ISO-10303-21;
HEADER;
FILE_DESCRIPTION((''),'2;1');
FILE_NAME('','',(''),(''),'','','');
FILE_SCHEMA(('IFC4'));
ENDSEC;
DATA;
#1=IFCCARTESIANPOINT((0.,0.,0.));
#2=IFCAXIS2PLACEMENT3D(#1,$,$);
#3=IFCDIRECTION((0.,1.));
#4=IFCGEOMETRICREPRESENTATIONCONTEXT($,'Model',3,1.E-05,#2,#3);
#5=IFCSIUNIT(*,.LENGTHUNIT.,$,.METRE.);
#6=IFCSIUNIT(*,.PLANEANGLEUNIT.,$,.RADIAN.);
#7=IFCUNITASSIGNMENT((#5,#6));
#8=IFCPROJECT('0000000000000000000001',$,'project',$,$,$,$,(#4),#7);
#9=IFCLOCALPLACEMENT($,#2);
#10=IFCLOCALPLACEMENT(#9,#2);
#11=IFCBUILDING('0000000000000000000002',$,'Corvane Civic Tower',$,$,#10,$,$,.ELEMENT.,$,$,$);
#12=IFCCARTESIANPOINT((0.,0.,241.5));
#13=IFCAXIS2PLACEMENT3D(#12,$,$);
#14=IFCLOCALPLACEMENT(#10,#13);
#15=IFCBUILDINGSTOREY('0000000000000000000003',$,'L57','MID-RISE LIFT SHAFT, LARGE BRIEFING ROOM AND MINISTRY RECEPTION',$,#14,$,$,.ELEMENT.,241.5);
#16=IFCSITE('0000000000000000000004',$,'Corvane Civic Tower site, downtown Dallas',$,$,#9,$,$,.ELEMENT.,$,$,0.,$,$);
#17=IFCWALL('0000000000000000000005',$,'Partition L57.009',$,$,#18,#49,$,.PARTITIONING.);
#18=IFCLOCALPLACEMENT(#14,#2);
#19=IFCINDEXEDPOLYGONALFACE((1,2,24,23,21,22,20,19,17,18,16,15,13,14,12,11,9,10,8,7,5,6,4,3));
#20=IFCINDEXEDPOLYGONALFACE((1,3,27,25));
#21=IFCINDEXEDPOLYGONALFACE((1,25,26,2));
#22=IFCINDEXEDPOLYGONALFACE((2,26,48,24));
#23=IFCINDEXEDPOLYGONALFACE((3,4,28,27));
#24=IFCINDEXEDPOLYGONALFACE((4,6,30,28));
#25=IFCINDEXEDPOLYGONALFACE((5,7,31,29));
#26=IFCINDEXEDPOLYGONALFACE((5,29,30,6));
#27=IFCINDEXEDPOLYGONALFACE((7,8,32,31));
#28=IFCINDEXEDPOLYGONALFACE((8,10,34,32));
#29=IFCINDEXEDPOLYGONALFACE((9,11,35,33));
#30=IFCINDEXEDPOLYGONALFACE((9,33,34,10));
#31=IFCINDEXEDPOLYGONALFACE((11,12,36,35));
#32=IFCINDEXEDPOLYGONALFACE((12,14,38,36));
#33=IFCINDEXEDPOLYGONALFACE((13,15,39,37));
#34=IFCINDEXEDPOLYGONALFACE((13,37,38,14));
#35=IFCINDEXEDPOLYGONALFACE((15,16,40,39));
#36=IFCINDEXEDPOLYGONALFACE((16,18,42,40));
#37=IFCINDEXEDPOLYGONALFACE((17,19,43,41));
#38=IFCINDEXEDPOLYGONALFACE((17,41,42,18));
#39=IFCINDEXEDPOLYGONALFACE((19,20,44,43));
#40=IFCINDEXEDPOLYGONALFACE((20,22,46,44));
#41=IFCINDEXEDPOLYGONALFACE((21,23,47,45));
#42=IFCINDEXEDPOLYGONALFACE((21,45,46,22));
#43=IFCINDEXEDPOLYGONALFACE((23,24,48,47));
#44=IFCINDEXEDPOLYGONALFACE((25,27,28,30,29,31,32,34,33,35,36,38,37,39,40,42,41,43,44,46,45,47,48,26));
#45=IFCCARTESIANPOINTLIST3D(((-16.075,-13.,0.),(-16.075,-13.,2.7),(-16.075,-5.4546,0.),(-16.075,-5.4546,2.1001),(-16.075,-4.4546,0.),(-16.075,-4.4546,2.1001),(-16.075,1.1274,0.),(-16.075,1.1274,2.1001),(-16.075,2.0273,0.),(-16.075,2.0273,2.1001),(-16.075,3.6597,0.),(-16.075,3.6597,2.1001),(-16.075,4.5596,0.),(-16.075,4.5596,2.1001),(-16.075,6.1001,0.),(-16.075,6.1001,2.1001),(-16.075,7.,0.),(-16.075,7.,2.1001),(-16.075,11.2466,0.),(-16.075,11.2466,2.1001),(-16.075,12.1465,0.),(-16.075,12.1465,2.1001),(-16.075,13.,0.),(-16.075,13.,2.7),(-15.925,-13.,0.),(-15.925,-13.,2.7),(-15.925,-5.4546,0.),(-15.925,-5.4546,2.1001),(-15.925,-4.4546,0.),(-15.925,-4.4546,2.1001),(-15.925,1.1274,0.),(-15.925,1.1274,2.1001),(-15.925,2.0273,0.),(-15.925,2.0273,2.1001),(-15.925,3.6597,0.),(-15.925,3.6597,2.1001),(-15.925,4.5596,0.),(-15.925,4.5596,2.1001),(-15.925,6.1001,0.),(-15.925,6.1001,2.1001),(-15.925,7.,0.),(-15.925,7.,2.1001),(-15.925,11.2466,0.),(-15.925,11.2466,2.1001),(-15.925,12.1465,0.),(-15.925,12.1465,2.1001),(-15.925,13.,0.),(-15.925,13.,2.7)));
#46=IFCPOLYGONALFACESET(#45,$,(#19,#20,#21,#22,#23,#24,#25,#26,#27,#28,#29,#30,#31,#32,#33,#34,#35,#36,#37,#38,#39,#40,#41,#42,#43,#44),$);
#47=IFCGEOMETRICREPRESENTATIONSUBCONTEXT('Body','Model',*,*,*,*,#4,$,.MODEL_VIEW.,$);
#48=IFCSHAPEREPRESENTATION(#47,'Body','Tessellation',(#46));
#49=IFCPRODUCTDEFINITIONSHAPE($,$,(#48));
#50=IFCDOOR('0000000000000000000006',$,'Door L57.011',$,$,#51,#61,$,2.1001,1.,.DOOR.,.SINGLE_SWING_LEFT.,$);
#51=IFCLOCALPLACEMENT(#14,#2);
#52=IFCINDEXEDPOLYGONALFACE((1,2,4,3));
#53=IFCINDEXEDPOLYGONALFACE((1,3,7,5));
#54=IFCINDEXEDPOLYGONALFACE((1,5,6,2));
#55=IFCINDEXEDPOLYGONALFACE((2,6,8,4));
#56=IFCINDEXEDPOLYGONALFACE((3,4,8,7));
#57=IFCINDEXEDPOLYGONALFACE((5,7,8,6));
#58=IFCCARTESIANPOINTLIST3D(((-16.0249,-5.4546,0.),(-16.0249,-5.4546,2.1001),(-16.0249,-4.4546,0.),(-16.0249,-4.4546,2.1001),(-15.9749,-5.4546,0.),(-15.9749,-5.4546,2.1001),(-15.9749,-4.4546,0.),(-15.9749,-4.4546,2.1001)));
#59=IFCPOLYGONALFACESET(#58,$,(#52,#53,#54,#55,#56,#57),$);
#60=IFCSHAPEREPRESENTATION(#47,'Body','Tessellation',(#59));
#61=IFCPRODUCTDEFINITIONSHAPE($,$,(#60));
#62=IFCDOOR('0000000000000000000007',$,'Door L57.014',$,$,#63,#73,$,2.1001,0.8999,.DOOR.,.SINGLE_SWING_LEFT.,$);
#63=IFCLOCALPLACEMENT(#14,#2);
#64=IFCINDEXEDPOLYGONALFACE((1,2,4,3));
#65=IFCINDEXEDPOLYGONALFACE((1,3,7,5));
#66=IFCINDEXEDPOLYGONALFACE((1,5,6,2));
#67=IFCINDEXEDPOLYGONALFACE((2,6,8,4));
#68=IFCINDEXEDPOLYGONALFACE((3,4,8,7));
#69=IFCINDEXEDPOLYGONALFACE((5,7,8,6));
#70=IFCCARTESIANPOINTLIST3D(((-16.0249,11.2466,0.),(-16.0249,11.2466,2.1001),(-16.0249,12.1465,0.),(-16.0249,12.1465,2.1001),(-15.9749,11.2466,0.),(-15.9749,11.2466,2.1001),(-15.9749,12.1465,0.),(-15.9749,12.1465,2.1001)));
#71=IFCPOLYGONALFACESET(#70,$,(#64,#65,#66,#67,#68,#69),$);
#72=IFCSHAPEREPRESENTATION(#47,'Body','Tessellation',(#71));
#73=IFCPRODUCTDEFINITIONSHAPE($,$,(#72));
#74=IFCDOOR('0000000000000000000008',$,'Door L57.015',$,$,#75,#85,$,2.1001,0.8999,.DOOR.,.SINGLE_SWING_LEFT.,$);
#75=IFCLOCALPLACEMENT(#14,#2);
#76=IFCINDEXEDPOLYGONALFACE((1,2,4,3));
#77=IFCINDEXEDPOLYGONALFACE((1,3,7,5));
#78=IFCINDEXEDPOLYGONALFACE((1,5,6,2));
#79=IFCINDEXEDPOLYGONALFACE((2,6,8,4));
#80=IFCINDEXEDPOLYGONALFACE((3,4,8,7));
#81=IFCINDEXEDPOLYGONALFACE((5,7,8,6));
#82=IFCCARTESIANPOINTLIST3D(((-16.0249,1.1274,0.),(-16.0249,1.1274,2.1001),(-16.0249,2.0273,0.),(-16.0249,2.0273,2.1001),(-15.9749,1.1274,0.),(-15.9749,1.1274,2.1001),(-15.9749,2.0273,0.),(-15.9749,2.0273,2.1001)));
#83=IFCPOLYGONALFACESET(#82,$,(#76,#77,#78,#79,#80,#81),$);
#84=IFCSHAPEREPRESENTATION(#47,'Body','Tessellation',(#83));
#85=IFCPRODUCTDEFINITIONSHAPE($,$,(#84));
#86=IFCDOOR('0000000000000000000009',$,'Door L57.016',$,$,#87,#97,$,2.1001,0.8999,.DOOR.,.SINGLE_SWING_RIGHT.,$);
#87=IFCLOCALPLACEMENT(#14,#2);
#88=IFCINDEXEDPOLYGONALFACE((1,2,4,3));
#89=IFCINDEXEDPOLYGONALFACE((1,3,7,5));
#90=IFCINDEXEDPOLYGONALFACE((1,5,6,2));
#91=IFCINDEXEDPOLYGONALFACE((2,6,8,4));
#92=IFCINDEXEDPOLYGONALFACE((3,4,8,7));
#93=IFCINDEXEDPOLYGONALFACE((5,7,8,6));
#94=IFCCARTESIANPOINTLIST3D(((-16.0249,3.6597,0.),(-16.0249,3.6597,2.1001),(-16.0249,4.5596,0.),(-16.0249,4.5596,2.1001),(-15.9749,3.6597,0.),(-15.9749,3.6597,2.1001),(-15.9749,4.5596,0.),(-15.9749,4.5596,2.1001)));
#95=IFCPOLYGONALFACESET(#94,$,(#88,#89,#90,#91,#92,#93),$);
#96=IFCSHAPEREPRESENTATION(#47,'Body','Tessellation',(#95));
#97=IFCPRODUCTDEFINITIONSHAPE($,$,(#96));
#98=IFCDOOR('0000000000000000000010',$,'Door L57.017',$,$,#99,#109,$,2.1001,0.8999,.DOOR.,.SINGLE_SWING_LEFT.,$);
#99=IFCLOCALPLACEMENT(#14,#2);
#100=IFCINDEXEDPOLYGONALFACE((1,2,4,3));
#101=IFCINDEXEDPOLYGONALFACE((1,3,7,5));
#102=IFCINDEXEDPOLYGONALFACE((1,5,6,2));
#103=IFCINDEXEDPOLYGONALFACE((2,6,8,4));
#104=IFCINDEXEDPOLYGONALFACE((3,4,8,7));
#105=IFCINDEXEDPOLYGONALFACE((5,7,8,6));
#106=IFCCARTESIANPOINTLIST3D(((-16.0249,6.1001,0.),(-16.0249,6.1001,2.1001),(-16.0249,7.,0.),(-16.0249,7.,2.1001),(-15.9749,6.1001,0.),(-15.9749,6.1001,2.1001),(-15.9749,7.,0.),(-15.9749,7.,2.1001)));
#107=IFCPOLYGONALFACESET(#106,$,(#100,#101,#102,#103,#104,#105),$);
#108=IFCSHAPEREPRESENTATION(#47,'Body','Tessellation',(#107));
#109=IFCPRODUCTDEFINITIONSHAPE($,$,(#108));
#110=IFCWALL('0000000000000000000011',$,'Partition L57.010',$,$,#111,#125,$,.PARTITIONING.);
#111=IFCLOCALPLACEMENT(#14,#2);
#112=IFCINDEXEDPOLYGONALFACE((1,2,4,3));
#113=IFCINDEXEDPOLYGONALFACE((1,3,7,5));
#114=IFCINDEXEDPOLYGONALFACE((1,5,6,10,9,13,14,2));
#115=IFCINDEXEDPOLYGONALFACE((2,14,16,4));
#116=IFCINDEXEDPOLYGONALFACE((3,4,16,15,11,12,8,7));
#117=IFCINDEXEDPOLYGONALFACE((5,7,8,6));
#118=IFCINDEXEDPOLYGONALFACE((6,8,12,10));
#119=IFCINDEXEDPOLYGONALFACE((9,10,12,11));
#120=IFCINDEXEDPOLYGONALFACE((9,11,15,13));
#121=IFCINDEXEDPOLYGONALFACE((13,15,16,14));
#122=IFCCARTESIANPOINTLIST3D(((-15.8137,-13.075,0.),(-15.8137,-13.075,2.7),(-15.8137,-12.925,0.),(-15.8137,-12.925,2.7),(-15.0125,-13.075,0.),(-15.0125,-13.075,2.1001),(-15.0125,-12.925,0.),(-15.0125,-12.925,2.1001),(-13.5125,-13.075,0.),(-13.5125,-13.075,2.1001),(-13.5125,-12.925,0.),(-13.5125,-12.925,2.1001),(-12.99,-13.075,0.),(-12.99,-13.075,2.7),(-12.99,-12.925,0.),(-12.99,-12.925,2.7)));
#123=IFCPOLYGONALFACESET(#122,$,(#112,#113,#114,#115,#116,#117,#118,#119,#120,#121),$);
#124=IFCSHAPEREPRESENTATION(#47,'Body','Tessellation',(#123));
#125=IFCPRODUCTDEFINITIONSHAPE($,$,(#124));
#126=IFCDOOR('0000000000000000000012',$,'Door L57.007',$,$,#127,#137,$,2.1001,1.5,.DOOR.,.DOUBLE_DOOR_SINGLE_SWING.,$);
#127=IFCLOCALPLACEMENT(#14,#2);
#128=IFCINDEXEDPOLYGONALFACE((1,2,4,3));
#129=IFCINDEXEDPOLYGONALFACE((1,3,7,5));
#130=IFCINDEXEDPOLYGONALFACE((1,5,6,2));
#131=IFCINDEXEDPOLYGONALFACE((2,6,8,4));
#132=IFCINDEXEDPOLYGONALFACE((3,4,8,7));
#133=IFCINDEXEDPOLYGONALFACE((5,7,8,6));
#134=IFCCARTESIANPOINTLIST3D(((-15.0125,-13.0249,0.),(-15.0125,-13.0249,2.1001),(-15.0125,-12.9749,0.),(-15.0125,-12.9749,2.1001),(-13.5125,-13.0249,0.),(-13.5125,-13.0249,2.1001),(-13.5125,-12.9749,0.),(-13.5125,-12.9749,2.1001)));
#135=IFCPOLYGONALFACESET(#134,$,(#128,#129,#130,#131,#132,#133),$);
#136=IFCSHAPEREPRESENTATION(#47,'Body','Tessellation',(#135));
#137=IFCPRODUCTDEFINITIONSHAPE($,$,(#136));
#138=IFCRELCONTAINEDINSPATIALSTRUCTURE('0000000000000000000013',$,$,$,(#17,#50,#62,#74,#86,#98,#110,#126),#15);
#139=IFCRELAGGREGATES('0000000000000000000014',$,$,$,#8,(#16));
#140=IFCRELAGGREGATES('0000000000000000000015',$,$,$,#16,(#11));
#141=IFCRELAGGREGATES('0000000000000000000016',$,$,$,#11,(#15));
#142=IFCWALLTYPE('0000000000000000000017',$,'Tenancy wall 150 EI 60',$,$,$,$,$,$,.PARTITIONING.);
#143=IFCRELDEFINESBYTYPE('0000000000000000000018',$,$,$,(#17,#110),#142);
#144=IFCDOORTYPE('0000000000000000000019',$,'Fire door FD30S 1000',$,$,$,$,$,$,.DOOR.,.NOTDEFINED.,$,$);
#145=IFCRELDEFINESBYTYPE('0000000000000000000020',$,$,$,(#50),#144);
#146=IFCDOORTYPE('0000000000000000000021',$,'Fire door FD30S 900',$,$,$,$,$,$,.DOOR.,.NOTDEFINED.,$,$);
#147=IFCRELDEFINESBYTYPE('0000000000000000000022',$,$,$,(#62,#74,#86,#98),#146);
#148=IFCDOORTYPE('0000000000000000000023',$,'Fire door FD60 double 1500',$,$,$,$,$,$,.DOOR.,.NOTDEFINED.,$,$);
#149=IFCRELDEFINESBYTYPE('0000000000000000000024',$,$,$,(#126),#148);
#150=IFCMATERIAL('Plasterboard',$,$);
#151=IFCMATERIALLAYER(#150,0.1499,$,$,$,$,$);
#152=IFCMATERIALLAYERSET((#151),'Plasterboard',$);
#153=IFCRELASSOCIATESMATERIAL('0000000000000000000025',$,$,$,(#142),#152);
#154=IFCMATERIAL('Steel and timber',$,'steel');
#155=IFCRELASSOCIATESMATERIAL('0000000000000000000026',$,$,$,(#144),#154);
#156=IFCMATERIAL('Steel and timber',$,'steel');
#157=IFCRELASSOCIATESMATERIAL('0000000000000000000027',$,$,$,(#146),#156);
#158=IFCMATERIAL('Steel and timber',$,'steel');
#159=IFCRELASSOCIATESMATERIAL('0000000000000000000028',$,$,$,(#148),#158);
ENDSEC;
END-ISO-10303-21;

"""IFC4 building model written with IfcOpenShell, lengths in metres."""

from ifc_helpers import new_model, si_unit, direction, frame, frame_2d, origin, place, context, subcontext, project, spatial, rectangle, extrude, material, layer, layer_set, type_object, element, fill, save


model = new_model("IFC4")

# Units and contexts
model_context = context("Model", 3, precision=1e-05, world=origin(), true_north=direction((0.0, 1.0)))
body_context = subcontext(model_context, "Body", "Model", "MODEL_VIEW")
ifc_project = project(units=[si_unit("LENGTHUNIT", "METRE"), si_unit("PLANEANGLEUNIT", "RADIAN")], contexts=[model_context])

# Site, building, storey
site_placement = place(None, origin())
site = spatial("IfcSite", under=ifc_project, at=site_placement, Name="Corvane Civic Tower site, downtown Dallas", CompositionType="ELEMENT", RefElevation=0.0)
building_placement = place(site_placement, origin())
building = spatial("IfcBuilding", under=site, at=building_placement, Name="Corvane Civic Tower", CompositionType="ELEMENT")
storey_placement = place(building_placement, frame((0.0, 0.0, 241.5)))
storey = spatial("IfcBuildingStorey", under=building, at=storey_placement, Name="L57", Description="MID-RISE LIFT SHAFT, LARGE BRIEFING ROOM AND MINISTRY RECEPTION", CompositionType="ELEMENT", Elevation=241.5)

# Wall, openings, doors
ifc_material_1 = material(Name="Plasterboard")
ifc_layer_1 = layer(ifc_material_1, 0.1499)
ifc_layer_set_1 = layer_set([ifc_layer_1], Name="Plasterboard")
wall_type_1 = type_object("IfcWallType", Name="Tenancy wall 150 EI 60", PredefinedType="PARTITIONING", material=ifc_layer_set_1)
wall_1_placement = place(storey_placement, frame((-16.0, -13.0, 0.0), z_axis=(0.0, 0.0, 1.0), x_axis=(0.0, 1.0, 0.0)))
wall_1 = element("IfcWall", 1, at=wall_1_placement, inside=storey, type_object=wall_type_1, Name="Partition L57.009", PredefinedType="PARTITIONING", context=body_context, shape_type="SweptSolid", body=[
    extrude(rectangle(XDim=26.0, YDim=0.1499, at=frame_2d((13.0, 0.0))), origin(), (0.0, 0.0, 1.0), 2.7),
])
opening_1_placement = place(wall_1_placement, frame((7.5454, 0.0, 0.0)))
opening_1 = element("IfcOpeningElement", 2, at=opening_1_placement, cuts=wall_1, PredefinedType="OPENING", context=body_context, shape_type="SweptSolid", body=[
    extrude(rectangle(XDim=1.0, YDim=2.1001, at=frame_2d((0.5, 1.05))), frame((0.0, 0.085, 0.0), z_axis=(0.0, -1.0, 0.0), x_axis=(1.0, 0.0, 0.0)), (0.0, 0.0, 1.0), 0.1699),
])
opening_2_placement = place(wall_1_placement, frame((24.2466, 0.0, 0.0)))
opening_2 = element("IfcOpeningElement", 3, at=opening_2_placement, cuts=wall_1, PredefinedType="OPENING", context=body_context, shape_type="SweptSolid", body=[
    extrude(rectangle(XDim=0.8999, YDim=2.1001, at=frame_2d((0.45, 1.05))), frame((0.0, 0.085, 0.0), z_axis=(0.0, -1.0, 0.0), x_axis=(1.0, 0.0, 0.0)), (0.0, 0.0, 1.0), 0.1699),
])
opening_3_placement = place(wall_1_placement, frame((14.1274, 0.0, 0.0)))
opening_3 = element("IfcOpeningElement", 4, at=opening_3_placement, cuts=wall_1, PredefinedType="OPENING", context=body_context, shape_type="SweptSolid", body=[
    extrude(rectangle(XDim=0.8999, YDim=2.1001, at=frame_2d((0.45, 1.05))), frame((0.0, 0.085, 0.0), z_axis=(0.0, -1.0, 0.0), x_axis=(1.0, 0.0, 0.0)), (0.0, 0.0, 1.0), 0.1699),
])
opening_4_placement = place(wall_1_placement, frame((16.6597, 0.0, 0.0)))
opening_4 = element("IfcOpeningElement", 5, at=opening_4_placement, cuts=wall_1, PredefinedType="OPENING", context=body_context, shape_type="SweptSolid", body=[
    extrude(rectangle(XDim=0.8999, YDim=2.1001, at=frame_2d((0.45, 1.05))), frame((0.0, 0.085, 0.0), z_axis=(0.0, -1.0, 0.0), x_axis=(1.0, 0.0, 0.0)), (0.0, 0.0, 1.0), 0.1699),
])
opening_5_placement = place(wall_1_placement, frame((19.1001, 0.0, 0.0)))
opening_5 = element("IfcOpeningElement", 6, at=opening_5_placement, cuts=wall_1, PredefinedType="OPENING", context=body_context, shape_type="SweptSolid", body=[
    extrude(rectangle(XDim=0.8999, YDim=2.1001, at=frame_2d((0.45, 1.05))), frame((0.0, 0.085, 0.0), z_axis=(0.0, -1.0, 0.0), x_axis=(1.0, 0.0, 0.0)), (0.0, 0.0, 1.0), 0.1699),
])
ifc_material_2 = material(Name="Steel and timber", Category="steel")
door_type_1 = type_object("IfcDoorType", Name="Fire door FD30S 1000", OperationType="NOTDEFINED", PredefinedType="DOOR", material=ifc_material_2)
door_1_placement = place(opening_1_placement, origin())
door_1 = element("IfcDoor", 7, at=door_1_placement, inside=storey, type_object=door_type_1, Name="Door L57.011", OperationType="SINGLE_SWING_LEFT", OverallHeight=2.1001, OverallWidth=1.0, PredefinedType="DOOR", context=body_context, shape_type="SweptSolid", body=[
    extrude(rectangle(XDim=1.0, YDim=2.1001, at=frame_2d((0.5, 1.05))), frame((0.0, 0.0249, 0.0), z_axis=(0.0, -1.0, 0.0), x_axis=(1.0, 0.0, 0.0)), (0.0, 0.0, 1.0), 0.05),
])
fill(opening_1, door_1)
ifc_material_3 = material(Name="Steel and timber", Category="steel")
door_type_2 = type_object("IfcDoorType", Name="Fire door FD30S 900", OperationType="NOTDEFINED", PredefinedType="DOOR", material=ifc_material_3)
door_2_placement = place(opening_2_placement, origin())
door_2 = element("IfcDoor", 8, at=door_2_placement, inside=storey, type_object=door_type_2, Name="Door L57.014", OperationType="SINGLE_SWING_LEFT", OverallHeight=2.1001, OverallWidth=0.8999, PredefinedType="DOOR", context=body_context, shape_type="SweptSolid", body=[
    extrude(rectangle(XDim=0.8999, YDim=2.1001, at=frame_2d((0.45, 1.05))), frame((0.0, 0.0249, 0.0), z_axis=(0.0, -1.0, 0.0), x_axis=(1.0, 0.0, 0.0)), (0.0, 0.0, 1.0), 0.05),
])
fill(opening_2, door_2)
door_3_placement = place(opening_3_placement, origin())
door_3 = element("IfcDoor", 9, at=door_3_placement, inside=storey, type_object=door_type_2, Name="Door L57.015", OperationType="SINGLE_SWING_LEFT", OverallHeight=2.1001, OverallWidth=0.8999, PredefinedType="DOOR", context=body_context, shape_type="SweptSolid", body=[
    extrude(rectangle(XDim=0.8999, YDim=2.1001, at=frame_2d((0.45, 1.05))), frame((0.0, 0.0249, 0.0), z_axis=(0.0, -1.0, 0.0), x_axis=(1.0, 0.0, 0.0)), (0.0, 0.0, 1.0), 0.05),
])
fill(opening_3, door_3)
door_4_placement = place(opening_4_placement, origin())
door_4 = element("IfcDoor", 10, at=door_4_placement, inside=storey, type_object=door_type_2, Name="Door L57.016", OperationType="SINGLE_SWING_RIGHT", OverallHeight=2.1001, OverallWidth=0.8999, PredefinedType="DOOR", context=body_context, shape_type="SweptSolid", body=[
    extrude(rectangle(XDim=0.8999, YDim=2.1001, at=frame_2d((0.45, 1.05))), frame((0.0, 0.0249, 0.0), z_axis=(0.0, -1.0, 0.0), x_axis=(1.0, 0.0, 0.0)), (0.0, 0.0, 1.0), 0.05),
])
fill(opening_4, door_4)
door_5_placement = place(opening_5_placement, origin())
door_5 = element("IfcDoor", 11, at=door_5_placement, inside=storey, type_object=door_type_2, Name="Door L57.017", OperationType="SINGLE_SWING_LEFT", OverallHeight=2.1001, OverallWidth=0.8999, PredefinedType="DOOR", context=body_context, shape_type="SweptSolid", body=[
    extrude(rectangle(XDim=0.8999, YDim=2.1001, at=frame_2d((0.45, 1.05))), frame((0.0, 0.0249, 0.0), z_axis=(0.0, -1.0, 0.0), x_axis=(1.0, 0.0, 0.0)), (0.0, 0.0, 1.0), 0.05),
])
fill(opening_5, door_5)

# Wall, opening, door
wall_2_placement = place(storey_placement, frame((-15.8137, -13.0, 0.0), z_axis=(0.0, 0.0, 1.0), x_axis=(1.0, 0.0, 0.0)))
wall_2 = element("IfcWall", 12, at=wall_2_placement, inside=storey, type_object=wall_type_1, Name="Partition L57.010", PredefinedType="PARTITIONING", context=body_context, shape_type="SweptSolid", body=[
    extrude(rectangle(XDim=2.8237, YDim=0.1499, at=frame_2d((1.4119, 0.0))), origin(), (0.0, 0.0, 1.0), 2.7),
])
opening_6_placement = place(wall_2_placement, frame((0.8013, 0.0, 0.0)))
opening_6 = element("IfcOpeningElement", 13, at=opening_6_placement, cuts=wall_2, PredefinedType="OPENING", context=body_context, shape_type="SweptSolid", body=[
    extrude(rectangle(XDim=1.5, YDim=2.1001, at=frame_2d((0.75, 1.05))), frame((0.0, 0.085, 0.0), z_axis=(0.0, -1.0, 0.0), x_axis=(1.0, 0.0, 0.0)), (0.0, 0.0, 1.0), 0.1699),
])
ifc_material_4 = material(Name="Steel and timber", Category="steel")
door_type_3 = type_object("IfcDoorType", Name="Fire door FD60 double 1500", OperationType="NOTDEFINED", PredefinedType="DOOR", material=ifc_material_4)
door_6_placement = place(opening_6_placement, frame((1.5, 0.0, 0.0), z_axis=(0.0, 0.0, 1.0), x_axis=(-1.0, 0.0, 0.0)))
door_6 = element("IfcDoor", 14, at=door_6_placement, inside=storey, type_object=door_type_3, Name="Door L57.007", OperationType="DOUBLE_DOOR_SINGLE_SWING", OverallHeight=2.1001, OverallWidth=1.5, PredefinedType="DOOR", context=body_context, shape_type="SweptSolid", body=[
    extrude(rectangle(XDim=1.5, YDim=2.1001, at=frame_2d((0.75, 1.05))), frame((0.0, 0.0249, 0.0), z_axis=(0.0, -1.0, 0.0), x_axis=(1.0, 0.0, 0.0)), (0.0, 0.0, 1.0), 0.05),
])
fill(opening_6, door_6)

save(model, "model.ifc")
